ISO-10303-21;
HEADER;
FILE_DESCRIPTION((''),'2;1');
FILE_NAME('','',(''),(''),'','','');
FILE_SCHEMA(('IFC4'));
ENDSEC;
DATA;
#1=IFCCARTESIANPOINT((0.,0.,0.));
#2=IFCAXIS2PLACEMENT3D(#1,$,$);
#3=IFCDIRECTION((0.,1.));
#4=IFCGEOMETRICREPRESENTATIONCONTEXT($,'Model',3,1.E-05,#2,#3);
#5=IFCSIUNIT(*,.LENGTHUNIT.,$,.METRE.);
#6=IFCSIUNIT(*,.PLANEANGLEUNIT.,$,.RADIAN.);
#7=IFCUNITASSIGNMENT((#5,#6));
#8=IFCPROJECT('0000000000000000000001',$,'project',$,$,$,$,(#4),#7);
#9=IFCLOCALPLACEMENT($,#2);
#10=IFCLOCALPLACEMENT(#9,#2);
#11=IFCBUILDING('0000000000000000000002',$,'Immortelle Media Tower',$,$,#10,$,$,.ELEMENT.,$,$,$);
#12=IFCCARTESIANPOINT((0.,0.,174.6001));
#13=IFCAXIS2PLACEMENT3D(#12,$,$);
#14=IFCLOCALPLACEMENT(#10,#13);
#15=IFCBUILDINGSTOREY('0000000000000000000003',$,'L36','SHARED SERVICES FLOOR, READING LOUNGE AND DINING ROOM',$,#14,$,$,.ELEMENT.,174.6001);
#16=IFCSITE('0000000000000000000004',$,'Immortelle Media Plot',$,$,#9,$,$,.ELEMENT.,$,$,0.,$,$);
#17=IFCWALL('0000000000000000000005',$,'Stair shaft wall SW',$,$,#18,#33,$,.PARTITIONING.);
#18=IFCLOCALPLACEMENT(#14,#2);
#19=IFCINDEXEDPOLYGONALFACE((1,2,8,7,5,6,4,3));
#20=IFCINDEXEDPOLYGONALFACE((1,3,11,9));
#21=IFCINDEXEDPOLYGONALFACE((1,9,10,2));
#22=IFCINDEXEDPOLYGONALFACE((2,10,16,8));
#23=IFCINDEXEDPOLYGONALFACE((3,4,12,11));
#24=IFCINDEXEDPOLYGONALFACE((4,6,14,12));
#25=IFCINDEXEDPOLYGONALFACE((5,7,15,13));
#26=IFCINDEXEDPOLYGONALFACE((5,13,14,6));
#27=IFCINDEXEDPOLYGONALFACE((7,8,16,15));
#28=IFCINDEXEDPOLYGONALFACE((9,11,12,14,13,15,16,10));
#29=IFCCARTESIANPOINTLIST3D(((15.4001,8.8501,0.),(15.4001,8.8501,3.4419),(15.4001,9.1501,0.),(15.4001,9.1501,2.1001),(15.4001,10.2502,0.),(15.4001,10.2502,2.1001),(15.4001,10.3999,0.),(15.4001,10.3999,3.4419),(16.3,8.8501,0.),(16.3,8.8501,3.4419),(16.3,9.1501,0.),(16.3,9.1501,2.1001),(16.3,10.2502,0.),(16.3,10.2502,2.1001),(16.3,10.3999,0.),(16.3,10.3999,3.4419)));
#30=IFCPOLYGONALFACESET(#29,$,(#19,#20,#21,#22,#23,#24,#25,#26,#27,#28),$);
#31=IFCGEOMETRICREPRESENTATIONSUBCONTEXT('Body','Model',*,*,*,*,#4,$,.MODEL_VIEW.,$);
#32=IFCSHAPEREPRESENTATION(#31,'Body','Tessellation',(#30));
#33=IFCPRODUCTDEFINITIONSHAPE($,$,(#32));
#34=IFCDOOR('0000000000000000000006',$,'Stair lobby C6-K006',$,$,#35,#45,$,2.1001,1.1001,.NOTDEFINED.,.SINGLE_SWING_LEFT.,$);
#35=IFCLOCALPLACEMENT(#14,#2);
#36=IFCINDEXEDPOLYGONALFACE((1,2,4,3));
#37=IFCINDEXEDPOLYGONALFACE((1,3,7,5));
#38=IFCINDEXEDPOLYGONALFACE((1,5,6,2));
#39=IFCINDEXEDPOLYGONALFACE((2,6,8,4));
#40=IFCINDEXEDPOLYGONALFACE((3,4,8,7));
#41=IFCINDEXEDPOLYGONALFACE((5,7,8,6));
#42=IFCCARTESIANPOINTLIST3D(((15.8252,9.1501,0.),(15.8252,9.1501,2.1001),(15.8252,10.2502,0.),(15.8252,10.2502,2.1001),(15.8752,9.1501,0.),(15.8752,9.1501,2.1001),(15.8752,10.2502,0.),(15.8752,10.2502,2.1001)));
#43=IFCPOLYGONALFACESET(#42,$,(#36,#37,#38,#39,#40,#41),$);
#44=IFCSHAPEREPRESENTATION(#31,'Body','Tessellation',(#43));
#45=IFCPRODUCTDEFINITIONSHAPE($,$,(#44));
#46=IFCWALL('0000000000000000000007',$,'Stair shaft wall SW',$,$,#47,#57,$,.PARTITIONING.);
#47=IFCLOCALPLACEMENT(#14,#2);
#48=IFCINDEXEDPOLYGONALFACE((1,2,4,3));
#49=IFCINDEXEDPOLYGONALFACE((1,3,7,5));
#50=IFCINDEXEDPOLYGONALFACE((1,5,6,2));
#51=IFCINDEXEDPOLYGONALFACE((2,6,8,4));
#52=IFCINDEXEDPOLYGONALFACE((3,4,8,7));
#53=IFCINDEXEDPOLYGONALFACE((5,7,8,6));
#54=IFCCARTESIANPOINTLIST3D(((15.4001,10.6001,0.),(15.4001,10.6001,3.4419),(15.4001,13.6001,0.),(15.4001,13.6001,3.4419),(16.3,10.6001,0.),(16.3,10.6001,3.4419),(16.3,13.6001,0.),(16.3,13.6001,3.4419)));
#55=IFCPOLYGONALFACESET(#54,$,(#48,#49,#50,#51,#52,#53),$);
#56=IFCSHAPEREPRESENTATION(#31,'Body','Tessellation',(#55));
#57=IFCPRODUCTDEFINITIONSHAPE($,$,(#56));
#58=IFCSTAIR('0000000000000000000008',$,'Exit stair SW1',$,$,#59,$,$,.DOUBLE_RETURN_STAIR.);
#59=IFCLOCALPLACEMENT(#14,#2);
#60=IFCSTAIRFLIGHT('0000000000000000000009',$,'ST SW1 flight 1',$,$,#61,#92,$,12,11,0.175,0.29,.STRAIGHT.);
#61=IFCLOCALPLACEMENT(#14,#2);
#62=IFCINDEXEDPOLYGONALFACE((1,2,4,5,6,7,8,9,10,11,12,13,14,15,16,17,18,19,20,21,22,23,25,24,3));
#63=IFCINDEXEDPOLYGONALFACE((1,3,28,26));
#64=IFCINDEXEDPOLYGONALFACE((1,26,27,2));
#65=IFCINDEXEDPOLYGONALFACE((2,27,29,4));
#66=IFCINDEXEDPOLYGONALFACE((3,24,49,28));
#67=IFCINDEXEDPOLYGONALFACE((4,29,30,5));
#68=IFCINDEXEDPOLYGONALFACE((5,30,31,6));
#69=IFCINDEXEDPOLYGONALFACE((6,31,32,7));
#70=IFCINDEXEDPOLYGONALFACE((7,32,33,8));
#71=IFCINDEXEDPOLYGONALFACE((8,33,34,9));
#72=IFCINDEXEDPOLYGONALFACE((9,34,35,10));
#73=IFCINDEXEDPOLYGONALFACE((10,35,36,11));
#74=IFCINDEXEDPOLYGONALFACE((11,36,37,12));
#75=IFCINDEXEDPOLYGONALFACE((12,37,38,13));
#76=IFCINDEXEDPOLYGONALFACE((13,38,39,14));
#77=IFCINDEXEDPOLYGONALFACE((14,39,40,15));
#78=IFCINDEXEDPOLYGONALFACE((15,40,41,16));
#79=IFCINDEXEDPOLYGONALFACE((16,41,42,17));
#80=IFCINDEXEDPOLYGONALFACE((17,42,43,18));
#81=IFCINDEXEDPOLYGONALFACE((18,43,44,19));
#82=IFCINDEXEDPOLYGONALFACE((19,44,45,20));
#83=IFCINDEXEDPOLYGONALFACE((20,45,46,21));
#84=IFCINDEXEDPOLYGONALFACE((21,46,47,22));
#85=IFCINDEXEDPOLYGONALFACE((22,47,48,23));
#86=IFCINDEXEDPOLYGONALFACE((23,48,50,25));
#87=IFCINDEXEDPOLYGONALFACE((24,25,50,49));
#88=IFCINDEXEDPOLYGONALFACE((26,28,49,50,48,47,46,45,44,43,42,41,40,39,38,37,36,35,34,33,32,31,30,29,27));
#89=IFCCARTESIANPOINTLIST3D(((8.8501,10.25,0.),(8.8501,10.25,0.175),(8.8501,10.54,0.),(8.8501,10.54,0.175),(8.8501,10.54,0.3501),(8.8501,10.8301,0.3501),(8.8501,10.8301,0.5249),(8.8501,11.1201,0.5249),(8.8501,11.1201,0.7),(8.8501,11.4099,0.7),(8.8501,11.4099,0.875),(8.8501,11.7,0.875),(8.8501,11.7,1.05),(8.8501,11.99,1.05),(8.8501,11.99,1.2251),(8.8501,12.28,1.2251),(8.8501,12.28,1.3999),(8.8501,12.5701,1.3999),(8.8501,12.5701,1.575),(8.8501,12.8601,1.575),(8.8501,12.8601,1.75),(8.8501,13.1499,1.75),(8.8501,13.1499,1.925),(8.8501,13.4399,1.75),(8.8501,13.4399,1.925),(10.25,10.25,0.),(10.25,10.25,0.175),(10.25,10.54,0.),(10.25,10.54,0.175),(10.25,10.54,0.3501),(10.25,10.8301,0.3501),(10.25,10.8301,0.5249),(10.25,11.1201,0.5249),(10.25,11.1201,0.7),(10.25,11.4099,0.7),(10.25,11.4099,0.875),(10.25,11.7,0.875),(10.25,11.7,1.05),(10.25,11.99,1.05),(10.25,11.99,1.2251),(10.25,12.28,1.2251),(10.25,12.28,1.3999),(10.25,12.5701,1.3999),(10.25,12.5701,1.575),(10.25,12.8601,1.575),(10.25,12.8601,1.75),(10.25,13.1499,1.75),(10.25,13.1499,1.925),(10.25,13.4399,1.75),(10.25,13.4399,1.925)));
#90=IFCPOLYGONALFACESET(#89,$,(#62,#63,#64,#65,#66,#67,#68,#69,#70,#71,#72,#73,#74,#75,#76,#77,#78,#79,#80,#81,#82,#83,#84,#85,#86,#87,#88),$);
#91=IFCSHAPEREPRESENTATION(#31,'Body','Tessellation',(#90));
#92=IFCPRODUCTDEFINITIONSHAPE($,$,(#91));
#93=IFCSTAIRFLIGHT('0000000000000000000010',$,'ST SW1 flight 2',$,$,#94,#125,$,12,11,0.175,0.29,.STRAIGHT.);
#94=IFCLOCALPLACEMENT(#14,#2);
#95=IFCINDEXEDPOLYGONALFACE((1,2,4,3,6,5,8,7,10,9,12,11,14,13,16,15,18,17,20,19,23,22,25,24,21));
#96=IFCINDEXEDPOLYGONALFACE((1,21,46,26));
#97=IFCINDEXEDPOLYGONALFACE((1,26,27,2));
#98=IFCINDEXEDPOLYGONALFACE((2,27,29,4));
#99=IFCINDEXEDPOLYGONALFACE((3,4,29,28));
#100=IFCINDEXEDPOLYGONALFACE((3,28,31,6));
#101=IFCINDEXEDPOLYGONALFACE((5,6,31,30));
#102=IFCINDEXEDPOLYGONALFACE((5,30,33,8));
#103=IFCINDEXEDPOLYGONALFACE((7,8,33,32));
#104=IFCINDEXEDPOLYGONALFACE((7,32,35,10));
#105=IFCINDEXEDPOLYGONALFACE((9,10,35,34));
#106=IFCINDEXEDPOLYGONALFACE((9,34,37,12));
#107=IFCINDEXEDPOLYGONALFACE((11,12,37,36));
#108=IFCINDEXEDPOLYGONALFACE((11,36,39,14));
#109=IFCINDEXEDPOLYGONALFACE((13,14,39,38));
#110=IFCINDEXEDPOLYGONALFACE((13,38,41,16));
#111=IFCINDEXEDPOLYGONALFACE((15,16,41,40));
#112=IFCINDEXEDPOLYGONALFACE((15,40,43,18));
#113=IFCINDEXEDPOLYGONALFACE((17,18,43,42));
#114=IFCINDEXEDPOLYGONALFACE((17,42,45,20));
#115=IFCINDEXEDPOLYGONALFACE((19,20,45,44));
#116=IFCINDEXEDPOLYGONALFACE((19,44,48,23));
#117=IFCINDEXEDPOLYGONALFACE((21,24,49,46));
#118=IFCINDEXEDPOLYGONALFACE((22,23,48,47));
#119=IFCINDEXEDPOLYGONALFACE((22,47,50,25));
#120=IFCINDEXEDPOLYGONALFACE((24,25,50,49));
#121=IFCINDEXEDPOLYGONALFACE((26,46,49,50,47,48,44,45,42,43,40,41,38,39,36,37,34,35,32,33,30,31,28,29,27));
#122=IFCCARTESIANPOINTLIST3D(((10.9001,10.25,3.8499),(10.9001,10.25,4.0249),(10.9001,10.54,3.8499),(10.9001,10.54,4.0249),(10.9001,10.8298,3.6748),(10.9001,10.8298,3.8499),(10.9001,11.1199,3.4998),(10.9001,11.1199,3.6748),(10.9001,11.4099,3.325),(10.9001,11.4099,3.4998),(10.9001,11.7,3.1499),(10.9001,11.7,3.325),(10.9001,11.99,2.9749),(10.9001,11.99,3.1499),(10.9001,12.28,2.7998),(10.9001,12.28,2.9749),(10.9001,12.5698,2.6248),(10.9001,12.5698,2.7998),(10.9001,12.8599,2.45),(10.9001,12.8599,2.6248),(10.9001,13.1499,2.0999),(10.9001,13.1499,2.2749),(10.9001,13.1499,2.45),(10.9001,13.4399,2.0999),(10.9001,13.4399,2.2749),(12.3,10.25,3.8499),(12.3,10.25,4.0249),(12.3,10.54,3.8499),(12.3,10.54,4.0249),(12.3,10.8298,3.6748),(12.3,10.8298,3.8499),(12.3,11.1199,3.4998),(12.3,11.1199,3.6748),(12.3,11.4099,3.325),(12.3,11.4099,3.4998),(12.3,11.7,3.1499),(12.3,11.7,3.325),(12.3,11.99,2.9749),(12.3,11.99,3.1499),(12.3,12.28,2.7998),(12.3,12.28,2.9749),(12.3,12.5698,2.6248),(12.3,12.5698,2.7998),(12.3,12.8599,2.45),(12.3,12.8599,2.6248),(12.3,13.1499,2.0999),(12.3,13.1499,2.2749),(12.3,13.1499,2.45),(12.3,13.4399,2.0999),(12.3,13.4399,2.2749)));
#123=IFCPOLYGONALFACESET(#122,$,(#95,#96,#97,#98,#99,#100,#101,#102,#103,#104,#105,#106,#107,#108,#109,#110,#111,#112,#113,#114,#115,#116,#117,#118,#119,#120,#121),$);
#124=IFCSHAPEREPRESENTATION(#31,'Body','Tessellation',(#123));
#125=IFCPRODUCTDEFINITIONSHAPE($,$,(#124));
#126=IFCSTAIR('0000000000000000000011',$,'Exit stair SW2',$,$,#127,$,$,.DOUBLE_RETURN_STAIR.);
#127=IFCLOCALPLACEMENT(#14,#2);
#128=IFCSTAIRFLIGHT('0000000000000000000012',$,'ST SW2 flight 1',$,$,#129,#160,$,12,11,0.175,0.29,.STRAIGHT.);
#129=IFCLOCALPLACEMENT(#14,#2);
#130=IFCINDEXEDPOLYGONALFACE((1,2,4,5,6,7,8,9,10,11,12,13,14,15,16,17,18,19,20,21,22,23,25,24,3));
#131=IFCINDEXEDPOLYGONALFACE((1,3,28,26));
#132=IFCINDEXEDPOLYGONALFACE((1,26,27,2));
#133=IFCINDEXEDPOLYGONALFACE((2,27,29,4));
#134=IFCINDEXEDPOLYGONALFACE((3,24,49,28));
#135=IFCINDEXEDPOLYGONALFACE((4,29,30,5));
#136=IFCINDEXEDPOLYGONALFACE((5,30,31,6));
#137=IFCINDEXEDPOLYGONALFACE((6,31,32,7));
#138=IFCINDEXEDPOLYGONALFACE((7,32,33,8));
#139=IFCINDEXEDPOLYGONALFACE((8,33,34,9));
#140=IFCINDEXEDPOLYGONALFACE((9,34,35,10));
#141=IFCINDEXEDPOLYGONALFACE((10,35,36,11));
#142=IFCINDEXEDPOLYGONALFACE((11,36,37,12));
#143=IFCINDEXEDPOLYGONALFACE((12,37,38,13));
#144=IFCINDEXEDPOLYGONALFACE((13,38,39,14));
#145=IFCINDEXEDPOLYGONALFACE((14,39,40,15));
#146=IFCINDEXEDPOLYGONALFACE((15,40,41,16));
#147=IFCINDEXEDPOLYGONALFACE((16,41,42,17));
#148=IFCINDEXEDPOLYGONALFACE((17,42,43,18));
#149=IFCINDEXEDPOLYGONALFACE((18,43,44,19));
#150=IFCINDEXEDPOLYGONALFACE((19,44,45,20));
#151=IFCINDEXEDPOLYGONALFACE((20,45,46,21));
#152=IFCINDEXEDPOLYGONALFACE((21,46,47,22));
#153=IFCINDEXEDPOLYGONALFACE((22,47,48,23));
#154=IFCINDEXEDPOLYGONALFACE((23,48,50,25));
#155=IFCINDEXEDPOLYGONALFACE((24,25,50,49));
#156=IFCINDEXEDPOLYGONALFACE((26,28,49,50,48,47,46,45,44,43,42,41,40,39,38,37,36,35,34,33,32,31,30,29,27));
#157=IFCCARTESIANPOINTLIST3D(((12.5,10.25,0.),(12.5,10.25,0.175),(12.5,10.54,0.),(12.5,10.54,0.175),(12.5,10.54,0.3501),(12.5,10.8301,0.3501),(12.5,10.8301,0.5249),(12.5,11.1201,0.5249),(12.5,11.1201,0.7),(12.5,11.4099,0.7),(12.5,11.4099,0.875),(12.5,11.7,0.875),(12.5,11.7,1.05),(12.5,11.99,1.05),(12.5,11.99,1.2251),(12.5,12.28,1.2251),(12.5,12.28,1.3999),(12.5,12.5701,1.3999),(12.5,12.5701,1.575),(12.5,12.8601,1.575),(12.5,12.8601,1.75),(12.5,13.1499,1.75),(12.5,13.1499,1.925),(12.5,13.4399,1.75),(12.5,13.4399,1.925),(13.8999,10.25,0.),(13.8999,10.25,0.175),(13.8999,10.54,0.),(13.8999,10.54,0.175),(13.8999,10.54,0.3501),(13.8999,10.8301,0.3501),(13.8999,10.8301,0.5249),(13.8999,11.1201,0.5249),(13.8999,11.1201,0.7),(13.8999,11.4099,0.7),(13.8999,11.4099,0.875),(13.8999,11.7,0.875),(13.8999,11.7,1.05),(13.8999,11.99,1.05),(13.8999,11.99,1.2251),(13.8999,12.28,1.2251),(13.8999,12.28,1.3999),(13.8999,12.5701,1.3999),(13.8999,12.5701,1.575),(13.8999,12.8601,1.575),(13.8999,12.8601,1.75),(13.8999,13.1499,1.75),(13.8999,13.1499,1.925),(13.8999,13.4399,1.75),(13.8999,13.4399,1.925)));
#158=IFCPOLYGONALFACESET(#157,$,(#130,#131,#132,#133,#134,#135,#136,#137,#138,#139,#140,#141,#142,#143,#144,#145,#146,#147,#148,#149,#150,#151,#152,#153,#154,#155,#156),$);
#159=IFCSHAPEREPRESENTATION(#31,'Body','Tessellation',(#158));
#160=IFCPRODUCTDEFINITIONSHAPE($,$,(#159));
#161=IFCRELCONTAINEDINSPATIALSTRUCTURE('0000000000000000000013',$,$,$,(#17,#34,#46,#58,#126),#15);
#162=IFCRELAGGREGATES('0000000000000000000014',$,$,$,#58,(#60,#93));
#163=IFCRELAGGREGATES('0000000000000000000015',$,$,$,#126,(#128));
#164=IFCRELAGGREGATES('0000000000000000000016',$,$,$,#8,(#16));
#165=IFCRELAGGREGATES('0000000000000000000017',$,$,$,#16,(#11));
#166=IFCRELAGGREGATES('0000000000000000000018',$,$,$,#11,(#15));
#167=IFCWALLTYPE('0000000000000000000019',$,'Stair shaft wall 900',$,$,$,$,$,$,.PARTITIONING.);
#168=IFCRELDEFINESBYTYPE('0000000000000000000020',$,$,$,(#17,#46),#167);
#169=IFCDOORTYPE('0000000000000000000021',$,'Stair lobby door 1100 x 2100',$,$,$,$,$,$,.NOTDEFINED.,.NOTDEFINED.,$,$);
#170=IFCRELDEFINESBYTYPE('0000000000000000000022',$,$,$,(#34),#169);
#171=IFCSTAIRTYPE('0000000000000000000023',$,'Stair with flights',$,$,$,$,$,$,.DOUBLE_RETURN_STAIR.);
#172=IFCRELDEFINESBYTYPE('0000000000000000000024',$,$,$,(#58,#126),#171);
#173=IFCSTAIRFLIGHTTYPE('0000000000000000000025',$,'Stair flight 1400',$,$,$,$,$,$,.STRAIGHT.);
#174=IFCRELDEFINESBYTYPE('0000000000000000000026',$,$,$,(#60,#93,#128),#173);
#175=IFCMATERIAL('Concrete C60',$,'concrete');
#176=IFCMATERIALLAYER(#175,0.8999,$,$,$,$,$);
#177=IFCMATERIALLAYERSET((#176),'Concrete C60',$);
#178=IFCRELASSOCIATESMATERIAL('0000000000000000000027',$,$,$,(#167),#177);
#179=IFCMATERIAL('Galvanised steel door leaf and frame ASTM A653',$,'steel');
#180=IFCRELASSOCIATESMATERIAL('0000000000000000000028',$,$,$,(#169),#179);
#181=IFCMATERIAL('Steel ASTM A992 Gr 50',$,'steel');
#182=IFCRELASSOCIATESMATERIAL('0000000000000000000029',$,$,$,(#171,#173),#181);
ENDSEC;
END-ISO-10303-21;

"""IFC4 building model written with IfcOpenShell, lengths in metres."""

from ifc_helpers import new_model, si_unit, direction, frame, frame_2d, origin, place, context, subcontext, project, spatial, polyline, rectangle, outline, extrude, material, layer, layer_set, type_object, element, fill, aggregate, save


model = new_model("IFC4")

# Units and contexts
model_context = context("Model", 3, precision=1e-05, world=origin(), true_north=direction((0.0, 1.0)))
body_context = subcontext(model_context, "Body", "Model", "MODEL_VIEW")
ifc_project = project(units=[si_unit("LENGTHUNIT", "METRE"), si_unit("PLANEANGLEUNIT", "RADIAN")], contexts=[model_context])

# Site, building, storey
site_placement = place(None, origin())
site = spatial("IfcSite", under=ifc_project, at=site_placement, Name="Immortelle Media Plot", CompositionType="ELEMENT", RefElevation=0.0)
building_placement = place(site_placement, origin())
building = spatial("IfcBuilding", under=site, at=building_placement, Name="Immortelle Media Tower", CompositionType="ELEMENT")
storey_placement = place(building_placement, frame((0.0, 0.0, 174.6001)))
storey = spatial("IfcBuildingStorey", under=building, at=storey_placement, Name="L36", Description="SHARED SERVICES FLOOR, READING LOUNGE AND DINING ROOM", CompositionType="ELEMENT", Elevation=174.6001)

# Shared definitions
ifc_material_1 = material(Name="Steel ASTM A992 Gr 50", Category="steel")

# Wall, opening, door
ifc_material_2 = material(Name="Concrete C60", Category="concrete")
ifc_layer_1 = layer(ifc_material_2, 0.8999)
ifc_layer_set_1 = layer_set([ifc_layer_1], Name="Concrete C60")
wall_type_1 = type_object("IfcWallType", Name="Stair shaft wall 900", PredefinedType="PARTITIONING", material=ifc_layer_set_1)
wall_1_placement = place(storey_placement, frame((15.8501, 8.8501, 0.0), z_axis=(0.0, 0.0, 1.0), x_axis=(0.0, 1.0, 0.0)))
wall_1 = element("IfcWall", 1, at=wall_1_placement, inside=storey, type_object=wall_type_1, Name="Stair shaft wall SW", PredefinedType="PARTITIONING", context=body_context, shape_type="SweptSolid", body=[
    extrude(rectangle(XDim=1.5498, YDim=0.8999, at=frame_2d((0.7749, 0.0))), origin(), (0.0, 0.0, 1.0), 3.4419),
])
opening_1_placement = place(wall_1_placement, frame((0.3, 0.0, 0.0)))
opening_1 = element("IfcOpeningElement", 2, at=opening_1_placement, cuts=wall_1, PredefinedType="OPENING", context=body_context, shape_type="SweptSolid", body=[
    extrude(rectangle(XDim=1.1001, YDim=2.1001, at=frame_2d((0.55, 1.05))), frame((0.0, 0.46, 0.0), z_axis=(0.0, -1.0, 0.0), x_axis=(1.0, 0.0, 0.0)), (0.0, 0.0, 1.0), 0.9199),
])
ifc_material_3 = material(Name="Galvanised steel door leaf and frame ASTM A653", Category="steel")
door_type_1 = type_object("IfcDoorType", Name="Stair lobby door 1100 x 2100", OperationType="NOTDEFINED", PredefinedType="NOTDEFINED", material=ifc_material_3)
door_1_placement = place(opening_1_placement, origin())
door_1 = element("IfcDoor", 3, at=door_1_placement, inside=storey, type_object=door_type_1, Name="Stair lobby C6-K006", OperationType="SINGLE_SWING_LEFT", OverallHeight=2.1001, OverallWidth=1.1001, PredefinedType="NOTDEFINED", context=body_context, shape_type="SweptSolid", body=[
    extrude(rectangle(XDim=1.1001, YDim=2.1001, at=frame_2d((0.55, 1.05))), frame((0.0, 0.0249, 0.0), z_axis=(0.0, -1.0, 0.0), x_axis=(1.0, 0.0, 0.0)), (0.0, 0.0, 1.0), 0.05),
])
fill(opening_1, door_1)

# Wall
wall_2_placement = place(storey_placement, frame((15.8501, 10.6001, 0.0), z_axis=(0.0, 0.0, 1.0), x_axis=(0.0, 1.0, 0.0)))
element("IfcWall", 4, at=wall_2_placement, inside=storey, type_object=wall_type_1, Name="Stair shaft wall SW", PredefinedType="PARTITIONING", context=body_context, shape_type="SweptSolid", body=[
    extrude(rectangle(XDim=3.0, YDim=0.8999, at=frame_2d((1.5, 0.0))), origin(), (0.0, 0.0, 1.0), 3.4419),
])

# Stairs, stair flights
stair_type = type_object("IfcStairType", Name="Stair with flights", PredefinedType="DOUBLE_RETURN_STAIR", material=ifc_material_1)
stair_1_placement = place(storey_placement, origin())
stair_1 = element("IfcStair", 5, at=stair_1_placement, inside=storey, type_object=stair_type, Name="Exit stair SW1", PredefinedType="DOUBLE_RETURN_STAIR")
stair_flight_type = type_object("IfcStairFlightType", Name="Stair flight 1400", PredefinedType="STRAIGHT", material=ifc_material_1)
stair_flight_1_placement = place(storey_placement, frame((9.55, 10.25, 0.0), z_axis=(0.0, 0.0, 1.0), x_axis=(0.0, 1.0, 0.0)))
stair_flight_1 = element("IfcStairFlight", 6, at=stair_flight_1_placement, type_object=stair_flight_type, Name="ST SW1 flight 1", NumberOfRisers=12, NumberOfTreads=11, PredefinedType="STRAIGHT", RiserHeight=0.175, TreadLength=0.29, context=body_context, shape_type="SweptSolid", body=[
    extrude(outline(polyline([(0.0, 0.0), (0.0, 0.175), (0.29, 0.175), (0.29, 0.3501), (0.5801, 0.3501), (0.5801, 0.5249), (0.8701, 0.5249), (0.8701, 0.7), (1.1599, 0.7), (1.1599, 0.875), (1.45, 0.875), (1.45, 1.05), (1.74, 1.05), (1.74, 1.2251), (2.03, 1.2251), (2.03, 1.3999), (2.3201, 1.3999), (2.3201, 1.575), (2.6101, 1.575), (2.6101, 1.75), (2.8999, 1.75), (2.8999, 1.925), (3.1899, 1.925), (3.1899, 2.1001), (3.1899, 1.75), (0.29, 0.0), (0.0, 0.0)])), frame((0.0, 0.7, 0.0), z_axis=(0.0, -1.0, 0.0), x_axis=(1.0, 0.0, 0.0)), (0.0, 0.0, 1.0), 1.3999),
])
stair_flight_2_placement = place(storey_placement, frame((11.6001, 13.4399, 2.0999), z_axis=(0.0, 0.0, 1.0), x_axis=(0.0, -1.0, 0.0)))
stair_flight_2 = element("IfcStairFlight", 7, at=stair_flight_2_placement, type_object=stair_flight_type, Name="ST SW1 flight 2", NumberOfRisers=12, NumberOfTreads=11, PredefinedType="STRAIGHT", RiserHeight=0.175, TreadLength=0.29, context=body_context, shape_type="SweptSolid", body=[
    extrude(outline(polyline([(0.0, 0.0), (0.0, 0.175), (0.29, 0.175), (0.29, 0.3501), (0.5801, 0.3501), (0.5801, 0.5249), (0.8701, 0.5249), (0.8701, 0.7), (1.1599, 0.7), (1.1599, 0.875), (1.45, 0.875), (1.45, 1.05), (1.74, 1.05), (1.74, 1.2251), (2.03, 1.2251), (2.03, 1.3999), (2.3201, 1.3999), (2.3201, 1.575), (2.6101, 1.575), (2.6101, 1.75), (2.8999, 1.75), (2.8999, 1.925), (3.1899, 1.925), (3.1899, 2.1001), (3.1899, 1.75), (0.29, 0.0), (0.0, 0.0)])), frame((0.0, 0.7, 0.0), z_axis=(0.0, -1.0, 0.0), x_axis=(1.0, 0.0, 0.0)), (0.0, 0.0, 1.0), 1.3999),
])
aggregate(stair_1, [stair_flight_1, stair_flight_2])
stair_2_placement = place(storey_placement, origin())
stair_2 = element("IfcStair", 8, at=stair_2_placement, inside=storey, type_object=stair_type, Name="Exit stair SW2", PredefinedType="DOUBLE_RETURN_STAIR")
stair_flight_3_placement = place(storey_placement, frame((13.2, 10.25, 0.0), z_axis=(0.0, 0.0, 1.0), x_axis=(0.0, 1.0, 0.0)))
stair_flight_3 = element("IfcStairFlight", 9, at=stair_flight_3_placement, type_object=stair_flight_type, Name="ST SW2 flight 1", NumberOfRisers=12, NumberOfTreads=11, PredefinedType="STRAIGHT", RiserHeight=0.175, TreadLength=0.29, context=body_context, shape_type="SweptSolid", body=[
    extrude(outline(polyline([(0.0, 0.0), (0.0, 0.175), (0.29, 0.175), (0.29, 0.3501), (0.5801, 0.3501), (0.5801, 0.5249), (0.8701, 0.5249), (0.8701, 0.7), (1.1599, 0.7), (1.1599, 0.875), (1.45, 0.875), (1.45, 1.05), (1.74, 1.05), (1.74, 1.2251), (2.03, 1.2251), (2.03, 1.3999), (2.3201, 1.3999), (2.3201, 1.575), (2.6101, 1.575), (2.6101, 1.75), (2.8999, 1.75), (2.8999, 1.925), (3.1899, 1.925), (3.1899, 2.1001), (3.1899, 1.75), (0.29, 0.0), (0.0, 0.0)])), frame((0.0, 0.7, 0.0), z_axis=(0.0, -1.0, 0.0), x_axis=(1.0, 0.0, 0.0)), (0.0, 0.0, 1.0), 1.3999),
])
aggregate(stair_2, [stair_flight_3])

save(model, "model.ifc")
